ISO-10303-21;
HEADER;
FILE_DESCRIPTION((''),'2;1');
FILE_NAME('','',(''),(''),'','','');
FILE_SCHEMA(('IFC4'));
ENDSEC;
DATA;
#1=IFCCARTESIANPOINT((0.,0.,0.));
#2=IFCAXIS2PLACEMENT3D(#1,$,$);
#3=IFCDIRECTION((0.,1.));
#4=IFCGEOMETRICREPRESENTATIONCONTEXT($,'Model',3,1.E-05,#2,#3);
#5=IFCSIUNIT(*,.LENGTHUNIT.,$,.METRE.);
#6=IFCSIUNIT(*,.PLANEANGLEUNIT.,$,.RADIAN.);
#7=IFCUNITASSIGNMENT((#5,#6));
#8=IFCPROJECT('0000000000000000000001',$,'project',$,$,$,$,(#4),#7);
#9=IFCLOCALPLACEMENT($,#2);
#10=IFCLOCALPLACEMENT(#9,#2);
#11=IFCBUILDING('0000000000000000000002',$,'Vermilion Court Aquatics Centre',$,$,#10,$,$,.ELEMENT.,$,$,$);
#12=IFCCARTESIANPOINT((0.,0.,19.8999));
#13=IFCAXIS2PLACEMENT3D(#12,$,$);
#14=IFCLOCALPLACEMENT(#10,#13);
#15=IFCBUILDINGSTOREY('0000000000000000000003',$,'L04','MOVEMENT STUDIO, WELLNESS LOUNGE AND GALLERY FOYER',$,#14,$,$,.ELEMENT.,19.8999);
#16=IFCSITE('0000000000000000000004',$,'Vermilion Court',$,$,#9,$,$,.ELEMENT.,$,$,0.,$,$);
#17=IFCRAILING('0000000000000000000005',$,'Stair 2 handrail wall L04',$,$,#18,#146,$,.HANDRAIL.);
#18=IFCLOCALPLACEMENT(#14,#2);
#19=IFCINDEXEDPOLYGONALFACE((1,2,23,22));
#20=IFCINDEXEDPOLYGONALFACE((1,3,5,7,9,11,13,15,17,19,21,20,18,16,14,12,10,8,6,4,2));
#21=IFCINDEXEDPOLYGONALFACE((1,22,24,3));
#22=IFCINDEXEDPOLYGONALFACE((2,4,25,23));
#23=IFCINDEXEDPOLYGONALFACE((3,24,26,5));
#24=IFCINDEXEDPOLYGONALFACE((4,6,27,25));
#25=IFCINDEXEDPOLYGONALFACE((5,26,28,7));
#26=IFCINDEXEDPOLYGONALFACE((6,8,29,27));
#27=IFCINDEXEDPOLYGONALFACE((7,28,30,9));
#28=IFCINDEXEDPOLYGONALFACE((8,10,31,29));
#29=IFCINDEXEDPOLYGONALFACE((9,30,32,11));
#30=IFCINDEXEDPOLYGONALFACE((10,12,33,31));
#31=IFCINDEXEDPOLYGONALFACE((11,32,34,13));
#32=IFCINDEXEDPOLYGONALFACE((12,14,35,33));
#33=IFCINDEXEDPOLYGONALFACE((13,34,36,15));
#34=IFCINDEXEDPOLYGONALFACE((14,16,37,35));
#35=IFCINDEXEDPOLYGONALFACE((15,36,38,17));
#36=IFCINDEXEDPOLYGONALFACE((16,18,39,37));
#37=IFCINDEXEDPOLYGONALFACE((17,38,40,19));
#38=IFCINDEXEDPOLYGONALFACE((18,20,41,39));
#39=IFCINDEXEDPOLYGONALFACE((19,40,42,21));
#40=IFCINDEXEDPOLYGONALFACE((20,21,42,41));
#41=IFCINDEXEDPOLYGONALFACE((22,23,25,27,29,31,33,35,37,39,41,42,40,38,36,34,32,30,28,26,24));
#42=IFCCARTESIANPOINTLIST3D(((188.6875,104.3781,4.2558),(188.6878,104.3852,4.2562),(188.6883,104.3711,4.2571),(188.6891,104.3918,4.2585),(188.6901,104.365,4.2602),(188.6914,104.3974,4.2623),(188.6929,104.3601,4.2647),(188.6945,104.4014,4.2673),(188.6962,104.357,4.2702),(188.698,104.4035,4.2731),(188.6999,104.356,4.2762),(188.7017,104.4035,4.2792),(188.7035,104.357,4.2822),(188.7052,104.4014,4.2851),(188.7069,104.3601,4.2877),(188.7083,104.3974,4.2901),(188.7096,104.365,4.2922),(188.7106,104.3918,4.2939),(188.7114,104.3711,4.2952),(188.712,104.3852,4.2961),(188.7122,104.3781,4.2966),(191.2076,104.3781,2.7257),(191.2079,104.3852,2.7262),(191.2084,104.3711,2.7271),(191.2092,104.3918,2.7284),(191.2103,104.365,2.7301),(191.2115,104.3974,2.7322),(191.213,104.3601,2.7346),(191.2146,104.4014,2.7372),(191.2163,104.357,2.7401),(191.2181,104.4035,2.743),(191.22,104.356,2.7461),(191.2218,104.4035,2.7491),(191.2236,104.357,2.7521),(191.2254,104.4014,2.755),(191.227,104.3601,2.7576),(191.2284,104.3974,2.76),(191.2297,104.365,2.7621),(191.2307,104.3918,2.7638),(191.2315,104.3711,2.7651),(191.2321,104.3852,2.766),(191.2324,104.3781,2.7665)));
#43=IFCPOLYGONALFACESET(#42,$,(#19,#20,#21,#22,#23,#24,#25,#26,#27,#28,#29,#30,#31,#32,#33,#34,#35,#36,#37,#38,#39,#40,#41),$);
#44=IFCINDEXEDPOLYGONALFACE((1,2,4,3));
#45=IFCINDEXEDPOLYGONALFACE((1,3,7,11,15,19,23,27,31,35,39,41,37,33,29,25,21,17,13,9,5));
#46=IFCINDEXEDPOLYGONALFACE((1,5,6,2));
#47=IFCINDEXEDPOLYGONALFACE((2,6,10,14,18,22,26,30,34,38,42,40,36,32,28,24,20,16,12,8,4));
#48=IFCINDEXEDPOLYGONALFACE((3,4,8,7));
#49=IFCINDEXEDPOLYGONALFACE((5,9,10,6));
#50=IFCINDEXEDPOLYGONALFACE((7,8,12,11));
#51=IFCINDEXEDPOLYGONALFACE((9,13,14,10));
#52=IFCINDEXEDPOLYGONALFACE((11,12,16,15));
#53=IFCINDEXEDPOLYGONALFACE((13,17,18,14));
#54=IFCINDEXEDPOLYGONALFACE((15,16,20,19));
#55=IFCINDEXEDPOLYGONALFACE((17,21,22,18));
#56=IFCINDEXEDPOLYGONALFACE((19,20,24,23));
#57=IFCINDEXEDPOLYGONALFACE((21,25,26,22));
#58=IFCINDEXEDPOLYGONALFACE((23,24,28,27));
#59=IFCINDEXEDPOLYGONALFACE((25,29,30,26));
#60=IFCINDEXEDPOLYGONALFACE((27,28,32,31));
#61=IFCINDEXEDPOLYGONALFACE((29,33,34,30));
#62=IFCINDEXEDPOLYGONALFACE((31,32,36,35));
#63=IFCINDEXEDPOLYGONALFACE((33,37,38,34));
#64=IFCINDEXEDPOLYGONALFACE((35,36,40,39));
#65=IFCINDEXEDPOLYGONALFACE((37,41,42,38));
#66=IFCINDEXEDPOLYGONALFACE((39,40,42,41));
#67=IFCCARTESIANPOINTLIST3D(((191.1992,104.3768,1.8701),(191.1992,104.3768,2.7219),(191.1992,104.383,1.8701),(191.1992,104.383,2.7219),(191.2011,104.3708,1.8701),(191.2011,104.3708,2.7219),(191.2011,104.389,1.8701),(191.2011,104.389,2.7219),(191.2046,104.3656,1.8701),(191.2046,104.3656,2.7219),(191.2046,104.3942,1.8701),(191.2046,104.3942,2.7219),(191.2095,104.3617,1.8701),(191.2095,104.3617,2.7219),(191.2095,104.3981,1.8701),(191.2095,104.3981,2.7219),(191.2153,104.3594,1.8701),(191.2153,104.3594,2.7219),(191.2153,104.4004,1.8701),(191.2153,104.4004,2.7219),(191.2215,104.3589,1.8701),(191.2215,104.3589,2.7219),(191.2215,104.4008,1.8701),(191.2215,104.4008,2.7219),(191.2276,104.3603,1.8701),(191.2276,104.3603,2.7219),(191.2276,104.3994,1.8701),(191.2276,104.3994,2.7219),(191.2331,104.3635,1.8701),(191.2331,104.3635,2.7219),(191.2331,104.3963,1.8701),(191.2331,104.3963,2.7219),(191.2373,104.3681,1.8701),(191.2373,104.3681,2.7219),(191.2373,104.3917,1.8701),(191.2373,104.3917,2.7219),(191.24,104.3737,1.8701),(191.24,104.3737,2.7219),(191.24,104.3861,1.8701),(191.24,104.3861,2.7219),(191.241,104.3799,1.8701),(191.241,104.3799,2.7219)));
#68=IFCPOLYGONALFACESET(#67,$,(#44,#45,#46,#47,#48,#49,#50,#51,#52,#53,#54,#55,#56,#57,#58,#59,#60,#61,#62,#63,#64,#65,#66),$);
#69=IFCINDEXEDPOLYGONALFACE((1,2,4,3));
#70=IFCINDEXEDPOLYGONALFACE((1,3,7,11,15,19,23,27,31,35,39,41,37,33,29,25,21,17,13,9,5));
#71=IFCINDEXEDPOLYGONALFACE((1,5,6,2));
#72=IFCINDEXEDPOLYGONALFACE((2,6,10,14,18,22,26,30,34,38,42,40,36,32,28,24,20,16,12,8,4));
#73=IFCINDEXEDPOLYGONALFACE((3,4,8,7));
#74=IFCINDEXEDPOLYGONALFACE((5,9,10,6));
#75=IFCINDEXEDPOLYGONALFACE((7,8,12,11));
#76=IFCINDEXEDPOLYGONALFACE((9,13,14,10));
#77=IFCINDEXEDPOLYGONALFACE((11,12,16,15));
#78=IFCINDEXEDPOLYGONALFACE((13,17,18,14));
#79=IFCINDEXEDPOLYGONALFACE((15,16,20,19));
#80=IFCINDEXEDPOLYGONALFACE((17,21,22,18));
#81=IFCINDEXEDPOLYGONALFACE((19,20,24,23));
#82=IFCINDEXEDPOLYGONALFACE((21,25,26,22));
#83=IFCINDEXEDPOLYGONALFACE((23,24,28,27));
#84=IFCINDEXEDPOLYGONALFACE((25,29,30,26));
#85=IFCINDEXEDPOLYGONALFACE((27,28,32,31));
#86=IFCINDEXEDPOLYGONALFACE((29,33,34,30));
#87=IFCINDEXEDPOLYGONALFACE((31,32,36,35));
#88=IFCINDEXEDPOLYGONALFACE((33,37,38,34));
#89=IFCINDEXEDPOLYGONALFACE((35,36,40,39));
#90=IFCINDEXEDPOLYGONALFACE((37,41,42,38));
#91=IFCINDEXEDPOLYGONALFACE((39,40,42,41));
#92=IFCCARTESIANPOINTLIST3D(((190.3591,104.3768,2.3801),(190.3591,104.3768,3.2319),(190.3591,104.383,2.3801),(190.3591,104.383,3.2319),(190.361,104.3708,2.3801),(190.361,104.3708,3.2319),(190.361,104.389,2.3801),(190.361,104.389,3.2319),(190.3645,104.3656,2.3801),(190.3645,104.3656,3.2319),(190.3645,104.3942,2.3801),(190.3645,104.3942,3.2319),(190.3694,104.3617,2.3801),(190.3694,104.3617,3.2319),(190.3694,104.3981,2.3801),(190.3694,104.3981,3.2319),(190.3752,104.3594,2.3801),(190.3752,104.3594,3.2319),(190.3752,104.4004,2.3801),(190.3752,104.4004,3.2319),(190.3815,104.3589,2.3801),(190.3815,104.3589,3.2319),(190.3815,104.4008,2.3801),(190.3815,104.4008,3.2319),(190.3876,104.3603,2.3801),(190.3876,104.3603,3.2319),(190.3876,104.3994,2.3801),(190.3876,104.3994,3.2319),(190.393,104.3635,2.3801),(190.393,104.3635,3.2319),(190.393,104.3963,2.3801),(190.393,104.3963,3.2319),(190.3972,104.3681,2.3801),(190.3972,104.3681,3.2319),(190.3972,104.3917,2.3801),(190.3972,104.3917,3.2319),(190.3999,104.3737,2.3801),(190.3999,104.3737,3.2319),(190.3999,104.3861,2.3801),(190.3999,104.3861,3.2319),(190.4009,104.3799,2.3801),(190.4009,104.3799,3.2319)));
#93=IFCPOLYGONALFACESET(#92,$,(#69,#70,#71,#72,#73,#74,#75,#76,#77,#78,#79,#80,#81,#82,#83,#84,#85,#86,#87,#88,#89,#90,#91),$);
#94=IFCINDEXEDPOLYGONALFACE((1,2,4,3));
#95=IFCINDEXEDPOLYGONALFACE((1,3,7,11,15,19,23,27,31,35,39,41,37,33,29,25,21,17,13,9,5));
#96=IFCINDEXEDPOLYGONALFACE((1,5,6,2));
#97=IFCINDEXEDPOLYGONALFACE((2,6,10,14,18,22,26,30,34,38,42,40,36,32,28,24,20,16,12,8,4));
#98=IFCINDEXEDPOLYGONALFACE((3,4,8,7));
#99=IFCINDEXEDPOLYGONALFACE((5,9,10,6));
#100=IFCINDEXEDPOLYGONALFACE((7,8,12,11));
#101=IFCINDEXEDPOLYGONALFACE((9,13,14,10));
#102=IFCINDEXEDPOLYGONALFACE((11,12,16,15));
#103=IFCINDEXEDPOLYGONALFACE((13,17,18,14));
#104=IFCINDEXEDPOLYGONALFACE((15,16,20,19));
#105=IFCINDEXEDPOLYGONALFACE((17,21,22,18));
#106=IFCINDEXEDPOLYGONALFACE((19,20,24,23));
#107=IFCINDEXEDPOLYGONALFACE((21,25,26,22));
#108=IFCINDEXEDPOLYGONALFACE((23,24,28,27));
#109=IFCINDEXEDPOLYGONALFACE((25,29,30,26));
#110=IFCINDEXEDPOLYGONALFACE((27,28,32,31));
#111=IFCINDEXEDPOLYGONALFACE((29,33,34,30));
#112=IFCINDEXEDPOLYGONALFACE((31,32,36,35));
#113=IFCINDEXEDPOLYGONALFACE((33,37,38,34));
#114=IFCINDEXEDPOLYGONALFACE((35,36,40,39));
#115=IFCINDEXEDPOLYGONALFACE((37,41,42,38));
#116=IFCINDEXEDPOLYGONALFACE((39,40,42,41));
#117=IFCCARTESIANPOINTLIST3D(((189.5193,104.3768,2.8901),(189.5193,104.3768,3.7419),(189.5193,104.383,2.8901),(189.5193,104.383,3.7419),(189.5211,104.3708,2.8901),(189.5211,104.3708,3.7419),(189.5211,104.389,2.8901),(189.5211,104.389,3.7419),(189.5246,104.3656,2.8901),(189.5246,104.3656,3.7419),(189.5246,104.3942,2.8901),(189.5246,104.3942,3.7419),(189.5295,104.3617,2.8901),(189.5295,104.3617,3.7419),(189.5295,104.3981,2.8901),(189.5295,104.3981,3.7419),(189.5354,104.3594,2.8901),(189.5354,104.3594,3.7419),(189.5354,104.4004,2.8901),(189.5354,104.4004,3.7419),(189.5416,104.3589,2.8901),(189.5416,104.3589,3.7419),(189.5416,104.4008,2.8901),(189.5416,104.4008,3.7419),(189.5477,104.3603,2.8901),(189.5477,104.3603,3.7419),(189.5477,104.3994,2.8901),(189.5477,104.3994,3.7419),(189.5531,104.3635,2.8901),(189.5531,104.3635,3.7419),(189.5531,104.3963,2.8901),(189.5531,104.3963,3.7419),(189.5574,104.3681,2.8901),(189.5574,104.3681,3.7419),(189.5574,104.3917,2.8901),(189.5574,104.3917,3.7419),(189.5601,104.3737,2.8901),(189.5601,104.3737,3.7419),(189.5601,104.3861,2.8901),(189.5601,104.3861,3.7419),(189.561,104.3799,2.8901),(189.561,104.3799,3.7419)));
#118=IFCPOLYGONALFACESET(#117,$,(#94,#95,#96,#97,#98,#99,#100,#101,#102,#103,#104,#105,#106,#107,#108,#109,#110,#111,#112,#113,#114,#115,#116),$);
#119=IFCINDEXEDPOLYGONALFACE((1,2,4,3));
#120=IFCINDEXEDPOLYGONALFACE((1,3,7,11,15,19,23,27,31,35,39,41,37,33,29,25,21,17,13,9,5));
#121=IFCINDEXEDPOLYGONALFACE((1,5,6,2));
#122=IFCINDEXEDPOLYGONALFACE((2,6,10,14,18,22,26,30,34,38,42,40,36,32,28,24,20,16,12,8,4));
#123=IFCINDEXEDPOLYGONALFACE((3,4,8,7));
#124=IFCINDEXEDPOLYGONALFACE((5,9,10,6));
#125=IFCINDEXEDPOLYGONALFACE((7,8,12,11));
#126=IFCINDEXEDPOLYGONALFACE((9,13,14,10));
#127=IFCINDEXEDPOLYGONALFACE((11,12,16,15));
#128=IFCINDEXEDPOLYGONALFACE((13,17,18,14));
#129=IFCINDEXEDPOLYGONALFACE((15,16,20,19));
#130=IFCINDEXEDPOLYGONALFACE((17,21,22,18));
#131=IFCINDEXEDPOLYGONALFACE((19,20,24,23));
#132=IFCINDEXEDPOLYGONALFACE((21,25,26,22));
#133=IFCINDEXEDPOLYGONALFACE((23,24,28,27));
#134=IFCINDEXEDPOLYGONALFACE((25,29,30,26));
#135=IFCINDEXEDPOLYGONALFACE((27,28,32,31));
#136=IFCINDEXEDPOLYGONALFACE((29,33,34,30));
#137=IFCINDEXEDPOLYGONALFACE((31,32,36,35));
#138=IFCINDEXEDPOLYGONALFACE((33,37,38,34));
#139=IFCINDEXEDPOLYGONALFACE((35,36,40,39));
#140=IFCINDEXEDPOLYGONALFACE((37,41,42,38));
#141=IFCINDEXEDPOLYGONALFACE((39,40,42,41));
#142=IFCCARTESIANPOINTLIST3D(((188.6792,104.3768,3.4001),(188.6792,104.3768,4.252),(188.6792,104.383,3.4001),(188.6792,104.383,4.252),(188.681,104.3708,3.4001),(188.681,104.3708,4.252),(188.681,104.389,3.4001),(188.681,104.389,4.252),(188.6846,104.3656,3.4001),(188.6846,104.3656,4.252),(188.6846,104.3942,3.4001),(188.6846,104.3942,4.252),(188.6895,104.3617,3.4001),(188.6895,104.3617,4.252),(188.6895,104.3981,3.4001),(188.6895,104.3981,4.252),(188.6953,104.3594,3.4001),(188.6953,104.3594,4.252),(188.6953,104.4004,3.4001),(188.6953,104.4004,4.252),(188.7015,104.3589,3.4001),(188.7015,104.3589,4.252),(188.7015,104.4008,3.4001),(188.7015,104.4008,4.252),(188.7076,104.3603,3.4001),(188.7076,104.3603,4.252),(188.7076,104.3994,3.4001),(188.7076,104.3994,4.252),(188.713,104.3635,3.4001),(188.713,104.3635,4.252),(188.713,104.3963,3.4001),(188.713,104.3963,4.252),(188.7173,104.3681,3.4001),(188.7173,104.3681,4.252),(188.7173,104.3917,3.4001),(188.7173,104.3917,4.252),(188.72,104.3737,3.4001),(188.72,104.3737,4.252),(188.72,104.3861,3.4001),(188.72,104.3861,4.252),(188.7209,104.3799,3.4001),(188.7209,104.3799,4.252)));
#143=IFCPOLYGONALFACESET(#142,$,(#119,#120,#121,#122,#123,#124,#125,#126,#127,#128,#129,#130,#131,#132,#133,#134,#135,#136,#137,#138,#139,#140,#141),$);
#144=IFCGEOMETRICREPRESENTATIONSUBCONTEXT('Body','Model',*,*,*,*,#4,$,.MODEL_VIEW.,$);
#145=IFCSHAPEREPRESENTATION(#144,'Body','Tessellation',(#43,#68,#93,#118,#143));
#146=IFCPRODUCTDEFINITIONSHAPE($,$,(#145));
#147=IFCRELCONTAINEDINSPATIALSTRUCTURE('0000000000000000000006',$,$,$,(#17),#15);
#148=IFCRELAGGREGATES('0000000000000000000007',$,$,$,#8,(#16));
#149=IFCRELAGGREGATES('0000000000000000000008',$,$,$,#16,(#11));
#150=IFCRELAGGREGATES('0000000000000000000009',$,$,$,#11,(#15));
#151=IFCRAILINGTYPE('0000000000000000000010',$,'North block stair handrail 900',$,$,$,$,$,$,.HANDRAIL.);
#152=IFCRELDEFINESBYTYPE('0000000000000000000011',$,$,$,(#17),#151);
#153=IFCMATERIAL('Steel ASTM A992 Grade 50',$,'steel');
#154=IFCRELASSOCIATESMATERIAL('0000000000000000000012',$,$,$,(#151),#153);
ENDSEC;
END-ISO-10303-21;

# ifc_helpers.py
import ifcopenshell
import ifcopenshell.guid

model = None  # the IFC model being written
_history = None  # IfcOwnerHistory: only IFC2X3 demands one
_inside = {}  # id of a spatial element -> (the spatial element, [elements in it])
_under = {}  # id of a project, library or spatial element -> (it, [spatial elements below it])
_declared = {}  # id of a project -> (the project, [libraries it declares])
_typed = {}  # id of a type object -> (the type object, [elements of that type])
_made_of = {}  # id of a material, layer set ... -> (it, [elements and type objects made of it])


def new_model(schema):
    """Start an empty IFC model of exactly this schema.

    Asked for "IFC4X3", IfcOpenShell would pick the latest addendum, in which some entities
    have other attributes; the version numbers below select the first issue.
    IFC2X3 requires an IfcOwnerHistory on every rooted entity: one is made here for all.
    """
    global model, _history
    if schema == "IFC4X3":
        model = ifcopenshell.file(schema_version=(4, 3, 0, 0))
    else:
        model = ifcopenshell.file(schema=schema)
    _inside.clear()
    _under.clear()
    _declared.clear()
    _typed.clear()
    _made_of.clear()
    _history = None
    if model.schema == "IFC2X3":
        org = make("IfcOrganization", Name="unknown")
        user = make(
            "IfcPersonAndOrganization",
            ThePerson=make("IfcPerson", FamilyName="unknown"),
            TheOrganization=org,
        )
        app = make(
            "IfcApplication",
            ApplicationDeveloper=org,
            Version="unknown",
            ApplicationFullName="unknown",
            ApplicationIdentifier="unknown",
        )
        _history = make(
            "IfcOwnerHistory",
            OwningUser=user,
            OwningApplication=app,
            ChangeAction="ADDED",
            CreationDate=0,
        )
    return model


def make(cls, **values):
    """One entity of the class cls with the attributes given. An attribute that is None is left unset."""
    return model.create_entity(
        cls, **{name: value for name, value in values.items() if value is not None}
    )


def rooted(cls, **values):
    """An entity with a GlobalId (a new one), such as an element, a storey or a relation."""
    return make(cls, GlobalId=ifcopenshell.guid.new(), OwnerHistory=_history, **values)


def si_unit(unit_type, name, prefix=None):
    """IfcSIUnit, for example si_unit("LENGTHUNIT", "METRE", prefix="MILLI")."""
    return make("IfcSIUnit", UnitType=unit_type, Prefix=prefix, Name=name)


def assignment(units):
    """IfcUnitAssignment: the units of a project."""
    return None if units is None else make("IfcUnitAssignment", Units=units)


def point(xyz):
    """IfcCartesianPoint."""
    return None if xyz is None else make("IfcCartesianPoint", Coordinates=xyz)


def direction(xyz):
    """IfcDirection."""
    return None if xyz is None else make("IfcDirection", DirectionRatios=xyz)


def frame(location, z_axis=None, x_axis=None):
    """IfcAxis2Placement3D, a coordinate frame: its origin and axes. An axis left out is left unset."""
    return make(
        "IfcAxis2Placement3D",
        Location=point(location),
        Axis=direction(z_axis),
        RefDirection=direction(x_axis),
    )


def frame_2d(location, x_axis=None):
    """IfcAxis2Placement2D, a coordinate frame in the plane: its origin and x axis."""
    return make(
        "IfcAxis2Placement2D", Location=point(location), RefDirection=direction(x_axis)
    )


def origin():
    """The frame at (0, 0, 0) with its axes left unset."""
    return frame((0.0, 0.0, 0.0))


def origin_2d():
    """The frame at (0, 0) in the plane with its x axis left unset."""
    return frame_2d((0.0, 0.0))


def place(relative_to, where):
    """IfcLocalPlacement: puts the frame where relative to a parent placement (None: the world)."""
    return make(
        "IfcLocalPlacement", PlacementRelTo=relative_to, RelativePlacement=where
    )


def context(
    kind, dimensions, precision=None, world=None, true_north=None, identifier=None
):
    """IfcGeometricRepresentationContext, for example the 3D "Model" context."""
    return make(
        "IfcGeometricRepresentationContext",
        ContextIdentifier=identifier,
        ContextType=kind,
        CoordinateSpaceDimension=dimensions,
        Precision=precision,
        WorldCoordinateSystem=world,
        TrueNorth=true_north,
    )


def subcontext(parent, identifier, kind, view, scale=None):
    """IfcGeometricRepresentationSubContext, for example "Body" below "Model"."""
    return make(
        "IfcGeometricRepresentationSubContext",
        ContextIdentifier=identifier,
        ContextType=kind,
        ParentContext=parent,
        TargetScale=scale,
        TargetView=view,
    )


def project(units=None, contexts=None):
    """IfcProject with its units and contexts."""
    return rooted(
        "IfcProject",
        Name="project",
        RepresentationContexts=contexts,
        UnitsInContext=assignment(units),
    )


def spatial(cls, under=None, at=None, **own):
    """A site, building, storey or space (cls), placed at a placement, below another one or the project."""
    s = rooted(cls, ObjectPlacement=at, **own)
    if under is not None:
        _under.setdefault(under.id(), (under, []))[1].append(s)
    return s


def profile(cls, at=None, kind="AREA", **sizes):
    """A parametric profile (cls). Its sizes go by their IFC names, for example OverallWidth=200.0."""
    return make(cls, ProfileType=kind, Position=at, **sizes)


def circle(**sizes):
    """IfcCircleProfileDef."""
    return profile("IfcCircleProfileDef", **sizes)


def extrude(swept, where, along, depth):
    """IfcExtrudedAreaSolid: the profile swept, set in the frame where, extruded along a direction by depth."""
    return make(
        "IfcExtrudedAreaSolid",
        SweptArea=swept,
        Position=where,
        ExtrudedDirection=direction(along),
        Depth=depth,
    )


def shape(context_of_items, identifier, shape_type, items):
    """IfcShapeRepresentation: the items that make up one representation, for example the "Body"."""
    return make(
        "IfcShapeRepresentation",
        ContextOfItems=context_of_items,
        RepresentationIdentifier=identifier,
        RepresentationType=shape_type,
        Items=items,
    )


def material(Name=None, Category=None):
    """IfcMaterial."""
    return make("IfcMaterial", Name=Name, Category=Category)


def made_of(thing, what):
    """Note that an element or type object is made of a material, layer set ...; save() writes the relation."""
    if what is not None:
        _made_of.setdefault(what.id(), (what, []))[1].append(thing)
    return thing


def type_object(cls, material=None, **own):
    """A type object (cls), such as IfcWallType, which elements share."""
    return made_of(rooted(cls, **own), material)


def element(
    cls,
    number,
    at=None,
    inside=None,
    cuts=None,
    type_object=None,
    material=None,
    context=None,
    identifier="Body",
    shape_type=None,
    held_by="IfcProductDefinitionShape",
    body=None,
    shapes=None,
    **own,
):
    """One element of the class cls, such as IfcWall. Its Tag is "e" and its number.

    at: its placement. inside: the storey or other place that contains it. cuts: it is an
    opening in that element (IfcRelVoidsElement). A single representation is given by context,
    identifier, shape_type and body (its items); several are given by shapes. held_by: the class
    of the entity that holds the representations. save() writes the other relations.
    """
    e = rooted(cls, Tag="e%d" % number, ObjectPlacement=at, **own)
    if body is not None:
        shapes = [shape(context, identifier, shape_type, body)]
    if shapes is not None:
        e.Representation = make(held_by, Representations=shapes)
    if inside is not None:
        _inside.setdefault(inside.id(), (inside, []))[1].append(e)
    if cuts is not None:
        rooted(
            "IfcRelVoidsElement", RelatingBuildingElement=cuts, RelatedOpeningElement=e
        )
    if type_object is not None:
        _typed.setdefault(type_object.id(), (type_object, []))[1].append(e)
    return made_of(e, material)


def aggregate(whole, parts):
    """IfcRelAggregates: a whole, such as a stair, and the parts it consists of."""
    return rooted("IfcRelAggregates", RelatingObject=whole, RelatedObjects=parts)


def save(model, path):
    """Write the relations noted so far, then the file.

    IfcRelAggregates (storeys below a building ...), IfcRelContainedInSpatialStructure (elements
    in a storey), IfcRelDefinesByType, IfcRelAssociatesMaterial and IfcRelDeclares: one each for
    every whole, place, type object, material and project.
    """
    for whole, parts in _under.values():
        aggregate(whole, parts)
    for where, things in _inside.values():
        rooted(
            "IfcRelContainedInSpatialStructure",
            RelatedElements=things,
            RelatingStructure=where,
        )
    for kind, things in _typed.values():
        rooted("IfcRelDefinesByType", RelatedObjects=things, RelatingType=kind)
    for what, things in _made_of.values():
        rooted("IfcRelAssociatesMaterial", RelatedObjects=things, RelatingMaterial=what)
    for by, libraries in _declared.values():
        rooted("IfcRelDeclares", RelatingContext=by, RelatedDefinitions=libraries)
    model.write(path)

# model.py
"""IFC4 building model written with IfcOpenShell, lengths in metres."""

from ifc_helpers import new_model, si_unit, direction, frame, origin, origin_2d, place, context, subcontext, project, spatial, circle, extrude, material, type_object, element, save


model = new_model("IFC4")

# Units and contexts
model_context = context("Model", 3, precision=1e-05, world=origin(), true_north=direction((0.0, 1.0)))
body_context = subcontext(model_context, "Body", "Model", "MODEL_VIEW")
ifc_project = project(units=[si_unit("LENGTHUNIT", "METRE"), si_unit("PLANEANGLEUNIT", "RADIAN")], contexts=[model_context])

# Site, building, storey
site_placement = place(None, origin())
site = spatial("IfcSite", under=ifc_project, at=site_placement, Name="Vermilion Court", CompositionType="ELEMENT", RefElevation=0.0)
building_placement = place(site_placement, origin())
building = spatial("IfcBuilding", under=site, at=building_placement, Name="Vermilion Court Aquatics Centre", CompositionType="ELEMENT")
storey_placement = place(building_placement, frame((0.0, 0.0, 19.8999)))
storey = spatial("IfcBuildingStorey", under=building, at=storey_placement, Name="L04", Description="MOVEMENT STUDIO, WELLNESS LOUNGE AND GALLERY FOYER", CompositionType="ELEMENT", Elevation=19.8999)

# Railing
ifc_material_1 = material(Name="Steel ASTM A992 Grade 50", Category="steel")
railing_type_1 = type_object("IfcRailingType", Name="North block stair handrail 900", PredefinedType="HANDRAIL", material=ifc_material_1)
for number, where, name in (
    (1, (191.22, 104.3799, 1.8701), "Stair 2 handrail wall L04"),
):
    element("IfcRailing", number, at=place(storey_placement, frame(where)), inside=storey, type_object=railing_type_1, Name=name, PredefinedType="HANDRAIL", context=body_context, shape_type="SweptSolid", body=[
        extrude(circle(Radius=0.0239, at=origin_2d()), frame((0.0, 0.0, 0.876), z_axis=(-0.854785, 0.0, 0.518982), x_axis=(0.0, -1.0, 0.0)), (0.0, 0.0, 1.0), 2.9482),
        extrude(circle(Radius=0.021, at=origin_2d()), origin(), (0.0, 0.0, 1.0), 0.8518),
        extrude(circle(Radius=0.021, at=origin_2d()), frame((-0.8401, 0.0, 0.51)), (0.0, 0.0, 1.0), 0.8518),
        extrude(circle(Radius=0.021, at=origin_2d()), frame((-1.6799, 0.0, 1.02)), (0.0, 0.0, 1.0), 0.8518),
        extrude(circle(Radius=0.021, at=origin_2d()), frame((-2.52, 0.0, 1.53)), (0.0, 0.0, 1.0), 0.8518),
    ])

save(model, "model.ifc")
